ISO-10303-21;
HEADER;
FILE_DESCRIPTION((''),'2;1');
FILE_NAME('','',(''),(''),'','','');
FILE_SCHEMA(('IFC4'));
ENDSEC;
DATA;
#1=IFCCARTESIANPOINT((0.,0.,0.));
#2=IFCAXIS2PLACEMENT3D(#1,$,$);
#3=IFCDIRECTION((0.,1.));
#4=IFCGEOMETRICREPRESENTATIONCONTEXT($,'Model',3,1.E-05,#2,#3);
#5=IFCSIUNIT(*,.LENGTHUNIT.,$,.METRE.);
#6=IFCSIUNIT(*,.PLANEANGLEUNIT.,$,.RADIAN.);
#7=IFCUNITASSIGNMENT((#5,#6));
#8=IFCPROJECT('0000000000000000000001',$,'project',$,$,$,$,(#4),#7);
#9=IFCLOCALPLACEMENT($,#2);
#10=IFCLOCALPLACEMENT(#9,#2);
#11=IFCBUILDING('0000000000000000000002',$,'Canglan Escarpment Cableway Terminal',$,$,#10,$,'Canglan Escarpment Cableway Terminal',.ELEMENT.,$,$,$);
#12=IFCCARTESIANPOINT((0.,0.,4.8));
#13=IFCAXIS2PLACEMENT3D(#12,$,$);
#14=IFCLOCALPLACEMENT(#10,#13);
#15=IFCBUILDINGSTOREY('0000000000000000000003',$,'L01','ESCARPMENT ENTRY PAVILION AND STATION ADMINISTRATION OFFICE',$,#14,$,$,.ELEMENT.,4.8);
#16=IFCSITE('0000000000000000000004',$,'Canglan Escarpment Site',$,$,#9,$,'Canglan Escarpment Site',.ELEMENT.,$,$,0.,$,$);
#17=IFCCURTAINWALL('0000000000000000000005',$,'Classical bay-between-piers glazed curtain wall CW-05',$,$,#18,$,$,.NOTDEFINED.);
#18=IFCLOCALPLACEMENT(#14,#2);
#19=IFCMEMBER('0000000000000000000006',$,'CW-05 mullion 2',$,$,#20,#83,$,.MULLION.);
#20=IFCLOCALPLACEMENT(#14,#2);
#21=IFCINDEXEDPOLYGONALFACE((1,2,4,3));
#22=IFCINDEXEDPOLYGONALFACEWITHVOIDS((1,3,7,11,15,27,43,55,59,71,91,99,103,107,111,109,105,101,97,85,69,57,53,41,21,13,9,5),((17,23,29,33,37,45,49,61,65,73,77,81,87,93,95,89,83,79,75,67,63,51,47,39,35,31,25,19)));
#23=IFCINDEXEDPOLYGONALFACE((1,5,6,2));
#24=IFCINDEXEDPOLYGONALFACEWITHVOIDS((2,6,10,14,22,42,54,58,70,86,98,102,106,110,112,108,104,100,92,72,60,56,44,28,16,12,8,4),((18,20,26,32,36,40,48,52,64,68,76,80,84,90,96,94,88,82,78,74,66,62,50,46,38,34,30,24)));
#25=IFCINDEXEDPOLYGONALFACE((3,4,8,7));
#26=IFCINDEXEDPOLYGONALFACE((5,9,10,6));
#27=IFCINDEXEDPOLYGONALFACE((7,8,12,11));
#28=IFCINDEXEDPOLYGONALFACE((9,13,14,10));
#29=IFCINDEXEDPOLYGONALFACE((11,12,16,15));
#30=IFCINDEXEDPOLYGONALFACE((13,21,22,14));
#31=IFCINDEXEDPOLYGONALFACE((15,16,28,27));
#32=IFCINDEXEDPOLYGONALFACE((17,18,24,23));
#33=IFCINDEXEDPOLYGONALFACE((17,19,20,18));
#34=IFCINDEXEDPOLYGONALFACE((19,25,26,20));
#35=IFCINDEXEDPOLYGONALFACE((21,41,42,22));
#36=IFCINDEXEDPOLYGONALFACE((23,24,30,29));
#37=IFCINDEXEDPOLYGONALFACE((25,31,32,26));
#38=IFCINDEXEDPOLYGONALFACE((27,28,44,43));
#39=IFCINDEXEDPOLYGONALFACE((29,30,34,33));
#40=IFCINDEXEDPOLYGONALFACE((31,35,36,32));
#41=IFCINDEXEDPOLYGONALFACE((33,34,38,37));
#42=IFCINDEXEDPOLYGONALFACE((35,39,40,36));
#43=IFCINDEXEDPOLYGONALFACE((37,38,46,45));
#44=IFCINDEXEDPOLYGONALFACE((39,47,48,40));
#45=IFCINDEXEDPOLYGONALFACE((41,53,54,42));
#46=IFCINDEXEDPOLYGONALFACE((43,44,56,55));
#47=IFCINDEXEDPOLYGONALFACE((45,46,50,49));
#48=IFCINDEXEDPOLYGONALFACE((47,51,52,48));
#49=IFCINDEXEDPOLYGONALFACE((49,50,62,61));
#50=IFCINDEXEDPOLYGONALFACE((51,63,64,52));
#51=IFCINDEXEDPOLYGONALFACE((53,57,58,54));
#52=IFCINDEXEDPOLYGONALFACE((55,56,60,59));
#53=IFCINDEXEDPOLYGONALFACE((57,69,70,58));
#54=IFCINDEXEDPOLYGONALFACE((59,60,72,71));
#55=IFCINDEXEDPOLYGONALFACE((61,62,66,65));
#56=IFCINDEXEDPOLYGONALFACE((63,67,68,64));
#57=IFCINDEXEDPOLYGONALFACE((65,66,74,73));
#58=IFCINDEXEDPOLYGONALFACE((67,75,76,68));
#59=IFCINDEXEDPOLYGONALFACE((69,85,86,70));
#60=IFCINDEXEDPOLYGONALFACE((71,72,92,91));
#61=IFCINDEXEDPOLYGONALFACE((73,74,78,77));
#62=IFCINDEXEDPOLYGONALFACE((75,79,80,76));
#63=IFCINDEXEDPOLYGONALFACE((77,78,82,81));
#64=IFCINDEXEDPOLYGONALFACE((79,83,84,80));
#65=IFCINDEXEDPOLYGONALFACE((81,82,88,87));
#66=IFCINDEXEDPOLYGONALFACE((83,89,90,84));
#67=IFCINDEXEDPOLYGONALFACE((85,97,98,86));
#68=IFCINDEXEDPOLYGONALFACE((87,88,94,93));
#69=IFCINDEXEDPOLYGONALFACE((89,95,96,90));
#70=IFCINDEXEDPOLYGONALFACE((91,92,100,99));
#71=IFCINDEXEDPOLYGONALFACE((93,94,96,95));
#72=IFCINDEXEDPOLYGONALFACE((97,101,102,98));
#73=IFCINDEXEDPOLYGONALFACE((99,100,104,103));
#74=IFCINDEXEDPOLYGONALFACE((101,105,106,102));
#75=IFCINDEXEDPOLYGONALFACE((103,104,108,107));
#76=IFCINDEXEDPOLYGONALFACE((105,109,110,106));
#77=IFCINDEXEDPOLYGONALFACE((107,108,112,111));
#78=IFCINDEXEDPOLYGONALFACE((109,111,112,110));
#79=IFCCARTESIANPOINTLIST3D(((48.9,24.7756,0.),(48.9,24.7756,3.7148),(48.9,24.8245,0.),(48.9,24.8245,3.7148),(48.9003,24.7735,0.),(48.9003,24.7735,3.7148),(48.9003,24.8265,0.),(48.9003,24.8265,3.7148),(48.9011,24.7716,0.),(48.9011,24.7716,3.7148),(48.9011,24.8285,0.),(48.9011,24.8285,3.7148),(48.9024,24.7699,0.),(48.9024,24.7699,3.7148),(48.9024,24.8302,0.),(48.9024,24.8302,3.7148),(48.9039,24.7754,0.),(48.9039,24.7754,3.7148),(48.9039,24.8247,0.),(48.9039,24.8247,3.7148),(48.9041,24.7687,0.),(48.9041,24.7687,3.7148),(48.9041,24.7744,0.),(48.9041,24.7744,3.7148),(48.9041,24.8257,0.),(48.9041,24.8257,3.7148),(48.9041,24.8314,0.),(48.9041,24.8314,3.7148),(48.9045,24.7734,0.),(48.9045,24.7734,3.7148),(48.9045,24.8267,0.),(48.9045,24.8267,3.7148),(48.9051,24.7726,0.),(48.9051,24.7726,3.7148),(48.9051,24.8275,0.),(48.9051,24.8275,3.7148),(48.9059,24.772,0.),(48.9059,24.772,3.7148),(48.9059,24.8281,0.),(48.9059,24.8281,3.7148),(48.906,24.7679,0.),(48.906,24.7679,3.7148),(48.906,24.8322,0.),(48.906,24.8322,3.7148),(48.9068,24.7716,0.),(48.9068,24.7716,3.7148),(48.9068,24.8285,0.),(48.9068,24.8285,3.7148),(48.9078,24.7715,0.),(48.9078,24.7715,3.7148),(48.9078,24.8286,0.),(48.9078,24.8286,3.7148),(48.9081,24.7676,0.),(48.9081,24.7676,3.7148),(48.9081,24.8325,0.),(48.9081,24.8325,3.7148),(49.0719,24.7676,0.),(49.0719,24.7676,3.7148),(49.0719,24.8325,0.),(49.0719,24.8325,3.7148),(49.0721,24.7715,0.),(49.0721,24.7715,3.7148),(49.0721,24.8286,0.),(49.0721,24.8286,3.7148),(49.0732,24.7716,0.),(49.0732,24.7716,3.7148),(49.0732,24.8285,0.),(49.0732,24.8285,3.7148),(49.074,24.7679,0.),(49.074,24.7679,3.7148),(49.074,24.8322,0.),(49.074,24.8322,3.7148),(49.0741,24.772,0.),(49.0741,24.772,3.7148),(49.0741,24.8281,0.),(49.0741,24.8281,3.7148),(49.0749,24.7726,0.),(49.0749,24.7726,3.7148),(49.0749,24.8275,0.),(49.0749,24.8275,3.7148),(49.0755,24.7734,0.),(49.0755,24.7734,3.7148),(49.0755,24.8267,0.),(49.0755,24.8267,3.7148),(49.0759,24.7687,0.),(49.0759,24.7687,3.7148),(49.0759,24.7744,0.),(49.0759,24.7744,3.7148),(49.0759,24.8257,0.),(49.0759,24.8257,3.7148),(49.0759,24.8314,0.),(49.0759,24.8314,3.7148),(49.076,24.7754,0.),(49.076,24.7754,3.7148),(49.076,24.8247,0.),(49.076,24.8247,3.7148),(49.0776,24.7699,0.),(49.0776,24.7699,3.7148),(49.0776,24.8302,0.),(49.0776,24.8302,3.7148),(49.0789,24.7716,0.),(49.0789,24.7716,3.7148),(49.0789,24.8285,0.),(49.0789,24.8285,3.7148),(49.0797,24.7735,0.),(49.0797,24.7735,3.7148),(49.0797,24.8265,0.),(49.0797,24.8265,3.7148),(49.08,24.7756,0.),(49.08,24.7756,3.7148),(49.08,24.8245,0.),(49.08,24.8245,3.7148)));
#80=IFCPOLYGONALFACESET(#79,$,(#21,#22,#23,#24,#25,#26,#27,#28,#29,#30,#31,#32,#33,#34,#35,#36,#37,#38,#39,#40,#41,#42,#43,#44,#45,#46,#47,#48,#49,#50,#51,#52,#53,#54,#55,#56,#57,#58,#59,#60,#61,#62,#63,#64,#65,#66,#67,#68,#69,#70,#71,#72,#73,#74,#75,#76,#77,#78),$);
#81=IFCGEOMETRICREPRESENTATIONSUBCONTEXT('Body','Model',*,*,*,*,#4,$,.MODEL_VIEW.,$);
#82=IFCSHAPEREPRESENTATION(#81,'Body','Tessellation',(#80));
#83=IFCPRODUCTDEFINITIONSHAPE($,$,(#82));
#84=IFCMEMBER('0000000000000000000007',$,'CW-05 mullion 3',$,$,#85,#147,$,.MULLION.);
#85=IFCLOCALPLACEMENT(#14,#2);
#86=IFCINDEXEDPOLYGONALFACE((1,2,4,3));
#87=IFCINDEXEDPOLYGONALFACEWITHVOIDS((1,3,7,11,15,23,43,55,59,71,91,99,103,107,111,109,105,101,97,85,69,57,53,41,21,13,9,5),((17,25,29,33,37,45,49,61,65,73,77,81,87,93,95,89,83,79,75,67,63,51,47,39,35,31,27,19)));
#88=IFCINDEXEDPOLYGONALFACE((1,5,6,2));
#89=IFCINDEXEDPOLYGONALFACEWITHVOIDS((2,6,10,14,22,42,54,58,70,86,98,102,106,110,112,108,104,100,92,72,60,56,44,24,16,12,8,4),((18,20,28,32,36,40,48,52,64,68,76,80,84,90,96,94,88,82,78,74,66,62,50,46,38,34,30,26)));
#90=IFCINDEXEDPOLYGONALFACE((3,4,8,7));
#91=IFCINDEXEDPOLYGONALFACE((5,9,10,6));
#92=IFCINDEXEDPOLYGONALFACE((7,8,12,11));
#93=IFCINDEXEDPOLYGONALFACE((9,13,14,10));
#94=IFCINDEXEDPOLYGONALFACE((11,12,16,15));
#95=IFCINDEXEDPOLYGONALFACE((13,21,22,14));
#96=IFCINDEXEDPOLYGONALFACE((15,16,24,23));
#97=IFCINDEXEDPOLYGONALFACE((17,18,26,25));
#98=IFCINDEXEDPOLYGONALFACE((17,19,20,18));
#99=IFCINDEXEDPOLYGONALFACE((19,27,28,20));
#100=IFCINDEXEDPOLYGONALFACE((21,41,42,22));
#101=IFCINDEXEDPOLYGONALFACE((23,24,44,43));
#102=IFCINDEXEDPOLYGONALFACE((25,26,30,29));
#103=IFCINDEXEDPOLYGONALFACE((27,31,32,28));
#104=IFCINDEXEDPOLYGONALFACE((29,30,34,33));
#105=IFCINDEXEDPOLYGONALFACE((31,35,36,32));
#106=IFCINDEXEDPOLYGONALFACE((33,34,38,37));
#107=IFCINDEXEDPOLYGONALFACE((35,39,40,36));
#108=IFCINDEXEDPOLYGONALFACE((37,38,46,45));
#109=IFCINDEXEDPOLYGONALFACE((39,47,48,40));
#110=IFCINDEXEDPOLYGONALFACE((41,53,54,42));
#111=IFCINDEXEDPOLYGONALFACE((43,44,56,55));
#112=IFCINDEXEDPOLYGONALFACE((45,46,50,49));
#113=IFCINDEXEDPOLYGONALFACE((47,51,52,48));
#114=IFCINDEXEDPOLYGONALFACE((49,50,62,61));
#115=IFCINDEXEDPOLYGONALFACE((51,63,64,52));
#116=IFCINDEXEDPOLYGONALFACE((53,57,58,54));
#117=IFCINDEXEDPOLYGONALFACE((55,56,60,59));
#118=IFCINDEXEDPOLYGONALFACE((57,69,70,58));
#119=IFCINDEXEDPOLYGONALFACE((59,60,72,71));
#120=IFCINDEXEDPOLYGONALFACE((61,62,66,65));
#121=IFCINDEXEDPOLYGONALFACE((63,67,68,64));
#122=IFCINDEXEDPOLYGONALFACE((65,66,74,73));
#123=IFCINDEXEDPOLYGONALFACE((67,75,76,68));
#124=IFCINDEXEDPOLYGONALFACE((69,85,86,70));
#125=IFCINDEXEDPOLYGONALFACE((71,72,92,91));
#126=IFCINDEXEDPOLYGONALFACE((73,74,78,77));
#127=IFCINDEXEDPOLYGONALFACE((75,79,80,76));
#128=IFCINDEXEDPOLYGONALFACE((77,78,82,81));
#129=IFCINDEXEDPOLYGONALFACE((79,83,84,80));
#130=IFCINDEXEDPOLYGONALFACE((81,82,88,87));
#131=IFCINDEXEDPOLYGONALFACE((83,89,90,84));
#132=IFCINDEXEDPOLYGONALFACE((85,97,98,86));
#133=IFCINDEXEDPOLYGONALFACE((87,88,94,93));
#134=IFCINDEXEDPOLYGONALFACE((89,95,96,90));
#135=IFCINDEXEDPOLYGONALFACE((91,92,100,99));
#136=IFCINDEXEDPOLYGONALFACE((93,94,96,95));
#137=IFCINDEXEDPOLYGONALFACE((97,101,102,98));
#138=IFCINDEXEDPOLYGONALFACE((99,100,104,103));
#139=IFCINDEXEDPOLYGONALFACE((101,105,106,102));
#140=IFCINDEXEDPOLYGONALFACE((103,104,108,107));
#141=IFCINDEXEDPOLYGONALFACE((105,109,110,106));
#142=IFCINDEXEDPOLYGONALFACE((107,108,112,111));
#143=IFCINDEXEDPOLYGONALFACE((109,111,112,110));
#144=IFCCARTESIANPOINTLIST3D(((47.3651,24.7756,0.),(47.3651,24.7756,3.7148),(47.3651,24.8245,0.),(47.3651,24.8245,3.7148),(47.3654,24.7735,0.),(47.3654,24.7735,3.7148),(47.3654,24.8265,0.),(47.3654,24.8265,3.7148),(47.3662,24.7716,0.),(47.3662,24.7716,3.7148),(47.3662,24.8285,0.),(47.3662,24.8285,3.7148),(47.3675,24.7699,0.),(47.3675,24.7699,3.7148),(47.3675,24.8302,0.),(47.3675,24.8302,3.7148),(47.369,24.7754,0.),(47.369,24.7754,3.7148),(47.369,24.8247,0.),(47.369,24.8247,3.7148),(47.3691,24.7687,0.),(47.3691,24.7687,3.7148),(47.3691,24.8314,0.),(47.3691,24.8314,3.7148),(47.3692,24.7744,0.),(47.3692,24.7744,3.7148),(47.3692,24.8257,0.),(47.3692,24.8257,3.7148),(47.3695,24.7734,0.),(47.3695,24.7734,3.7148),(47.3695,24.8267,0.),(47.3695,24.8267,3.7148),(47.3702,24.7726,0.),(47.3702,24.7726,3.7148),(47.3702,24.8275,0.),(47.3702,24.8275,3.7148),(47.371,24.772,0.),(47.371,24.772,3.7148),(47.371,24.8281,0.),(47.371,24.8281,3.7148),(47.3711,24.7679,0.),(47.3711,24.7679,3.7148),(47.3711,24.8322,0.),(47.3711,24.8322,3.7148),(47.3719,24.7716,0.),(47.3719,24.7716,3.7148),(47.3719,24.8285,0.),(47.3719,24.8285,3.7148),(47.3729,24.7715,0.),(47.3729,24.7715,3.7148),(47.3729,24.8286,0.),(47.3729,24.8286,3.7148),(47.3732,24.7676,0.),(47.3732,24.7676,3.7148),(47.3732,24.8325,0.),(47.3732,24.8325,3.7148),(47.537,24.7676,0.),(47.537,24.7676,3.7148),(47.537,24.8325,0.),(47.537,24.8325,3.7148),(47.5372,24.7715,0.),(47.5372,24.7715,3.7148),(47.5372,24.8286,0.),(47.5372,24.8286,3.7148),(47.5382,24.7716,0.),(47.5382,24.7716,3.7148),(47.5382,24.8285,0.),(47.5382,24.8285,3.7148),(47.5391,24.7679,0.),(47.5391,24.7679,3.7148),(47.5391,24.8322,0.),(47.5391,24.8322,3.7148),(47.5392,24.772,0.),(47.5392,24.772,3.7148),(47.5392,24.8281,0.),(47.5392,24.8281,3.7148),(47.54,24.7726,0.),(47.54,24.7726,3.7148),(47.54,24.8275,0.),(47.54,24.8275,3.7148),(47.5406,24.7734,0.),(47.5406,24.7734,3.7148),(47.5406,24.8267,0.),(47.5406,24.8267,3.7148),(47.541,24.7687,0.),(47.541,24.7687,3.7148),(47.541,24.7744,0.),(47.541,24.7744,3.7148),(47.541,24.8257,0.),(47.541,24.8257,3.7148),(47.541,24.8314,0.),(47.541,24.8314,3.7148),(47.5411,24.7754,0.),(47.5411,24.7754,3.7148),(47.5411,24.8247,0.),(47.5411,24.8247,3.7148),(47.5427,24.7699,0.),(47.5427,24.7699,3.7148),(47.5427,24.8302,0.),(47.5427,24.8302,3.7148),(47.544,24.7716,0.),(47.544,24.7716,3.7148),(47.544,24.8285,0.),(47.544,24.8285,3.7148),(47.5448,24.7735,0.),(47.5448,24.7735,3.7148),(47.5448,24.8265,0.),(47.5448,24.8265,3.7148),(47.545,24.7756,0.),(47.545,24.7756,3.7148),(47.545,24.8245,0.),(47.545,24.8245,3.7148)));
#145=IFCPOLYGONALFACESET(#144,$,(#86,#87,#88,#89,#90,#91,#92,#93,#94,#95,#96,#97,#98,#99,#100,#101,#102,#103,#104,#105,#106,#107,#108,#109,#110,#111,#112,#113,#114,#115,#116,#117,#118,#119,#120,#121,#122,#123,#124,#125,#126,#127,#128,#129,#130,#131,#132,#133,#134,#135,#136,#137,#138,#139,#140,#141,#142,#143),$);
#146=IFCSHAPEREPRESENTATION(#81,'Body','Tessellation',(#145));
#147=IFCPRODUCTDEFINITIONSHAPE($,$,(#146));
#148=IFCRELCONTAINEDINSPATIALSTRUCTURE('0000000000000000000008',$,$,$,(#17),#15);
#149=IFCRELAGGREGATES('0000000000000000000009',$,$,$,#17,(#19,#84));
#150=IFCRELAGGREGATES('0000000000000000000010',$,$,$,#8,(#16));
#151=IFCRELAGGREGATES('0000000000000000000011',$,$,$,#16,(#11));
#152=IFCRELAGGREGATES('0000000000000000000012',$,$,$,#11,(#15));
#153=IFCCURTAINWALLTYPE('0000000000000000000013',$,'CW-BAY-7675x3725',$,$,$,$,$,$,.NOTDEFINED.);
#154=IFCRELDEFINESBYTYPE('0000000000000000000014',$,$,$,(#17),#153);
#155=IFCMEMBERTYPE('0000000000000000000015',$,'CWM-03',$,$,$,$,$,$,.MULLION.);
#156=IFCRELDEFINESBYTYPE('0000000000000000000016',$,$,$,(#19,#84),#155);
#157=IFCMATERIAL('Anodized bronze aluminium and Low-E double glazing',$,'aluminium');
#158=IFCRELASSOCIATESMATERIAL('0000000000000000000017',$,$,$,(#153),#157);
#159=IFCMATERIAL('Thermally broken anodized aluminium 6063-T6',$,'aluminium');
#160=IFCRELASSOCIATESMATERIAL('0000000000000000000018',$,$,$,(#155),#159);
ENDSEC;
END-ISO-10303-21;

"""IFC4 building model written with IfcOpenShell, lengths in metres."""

from ifc_helpers import new_model, si_unit, direction, frame, origin, origin_2d, place, context, subcontext, project, spatial, hollow_rectangle, extrude, material, material_profile, profile_set, type_object, element, aggregate, save


model = new_model("IFC4")

# Units and contexts
model_context = context("Model", 3, precision=1e-05, world=origin(), true_north=direction((0.0, 1.0)))
body_context = subcontext(model_context, "Body", "Model", "MODEL_VIEW")
ifc_project = project(units=[si_unit("LENGTHUNIT", "METRE"), si_unit("PLANEANGLEUNIT", "RADIAN")], contexts=[model_context])

# Site, building, storey
site_placement = place(None, origin())
site = spatial("IfcSite", under=ifc_project, at=site_placement, Name="Canglan Escarpment Site", LongName="Canglan Escarpment Site", CompositionType="ELEMENT", RefElevation=0.0)
building_placement = place(site_placement, origin())
building = spatial("IfcBuilding", under=site, at=building_placement, Name="Canglan Escarpment Cableway Terminal", LongName="Canglan Escarpment Cableway Terminal", CompositionType="ELEMENT")
storey_placement = place(building_placement, frame((0.0, 0.0, 4.8)))
storey = spatial("IfcBuildingStorey", under=building, at=storey_placement, Name="L01", Description="ESCARPMENT ENTRY PAVILION AND STATION ADMINISTRATION OFFICE", CompositionType="ELEMENT", Elevation=4.8)

# Shared definitions
ifc_material_1 = material(Name="Anodized bronze aluminium and Low-E double glazing", Category="aluminium")
ifc_material_2 = material(Name="Thermally broken anodized aluminium 6063-T6", Category="aluminium")

# Curtain wall, members
curtain_wall_type_1 = type_object("IfcCurtainWallType", Name="CW-BAY-7675x3725", PredefinedType="NOTDEFINED", material=ifc_material_1)
curtain_wall_1_placement = place(storey_placement, origin())
curtain_wall_1 = element("IfcCurtainWall", 1, at=curtain_wall_1_placement, inside=storey, type_object=curtain_wall_type_1, Name="Classical bay-between-piers glazed curtain wall CW-05", PredefinedType="NOTDEFINED")
ifc_material_profile_1 = material_profile(ifc_material_2, hollow_rectangle(XDim=0.0649, YDim=0.1799, WallThickness=0.0039, InnerFilletRadius=0.0039, OuterFilletRadius=0.0081, at=origin_2d()), Name="ALU-MULL 65x180x4")
ifc_profile_set_1 = profile_set([ifc_material_profile_1], Name="Thermally broken anodized aluminium 6063-T6")
member_type_1 = type_object("IfcMemberType", Name="CWM-03", PredefinedType="MULLION", material=ifc_profile_set_1)
member_1_placement = place(storey_placement, frame((48.99, 24.8, 0.0), z_axis=(0.0, 0.0, 1.0), x_axis=(0.0, -1.0, 0.0)))
member_1 = element("IfcMember", 2, at=member_1_placement, type_object=member_type_1, Name="CW-05 mullion 2", PredefinedType="MULLION", context=body_context, shape_type="SweptSolid", body=[
    extrude(hollow_rectangle(XDim=0.0649, YDim=0.1799, WallThickness=0.0039, InnerFilletRadius=0.0039, OuterFilletRadius=0.0081, at=origin_2d()), origin(), (0.0, 0.0, 1.0), 3.7148),
])
member_2_placement = place(storey_placement, frame((47.4551, 24.8, 0.0), z_axis=(0.0, 0.0, 1.0), x_axis=(0.0, -1.0, 0.0)))
member_2 = element("IfcMember", 3, at=member_2_placement, type_object=member_type_1, Name="CW-05 mullion 3", PredefinedType="MULLION", context=body_context, shape_type="SweptSolid", body=[
    extrude(hollow_rectangle(XDim=0.0649, YDim=0.1799, WallThickness=0.0039, InnerFilletRadius=0.0039, OuterFilletRadius=0.0081, at=origin_2d()), origin(), (0.0, 0.0, 1.0), 3.7148),
])

aggregate(curtain_wall_1, [member_1, member_2])

save(model, "model.ifc")
